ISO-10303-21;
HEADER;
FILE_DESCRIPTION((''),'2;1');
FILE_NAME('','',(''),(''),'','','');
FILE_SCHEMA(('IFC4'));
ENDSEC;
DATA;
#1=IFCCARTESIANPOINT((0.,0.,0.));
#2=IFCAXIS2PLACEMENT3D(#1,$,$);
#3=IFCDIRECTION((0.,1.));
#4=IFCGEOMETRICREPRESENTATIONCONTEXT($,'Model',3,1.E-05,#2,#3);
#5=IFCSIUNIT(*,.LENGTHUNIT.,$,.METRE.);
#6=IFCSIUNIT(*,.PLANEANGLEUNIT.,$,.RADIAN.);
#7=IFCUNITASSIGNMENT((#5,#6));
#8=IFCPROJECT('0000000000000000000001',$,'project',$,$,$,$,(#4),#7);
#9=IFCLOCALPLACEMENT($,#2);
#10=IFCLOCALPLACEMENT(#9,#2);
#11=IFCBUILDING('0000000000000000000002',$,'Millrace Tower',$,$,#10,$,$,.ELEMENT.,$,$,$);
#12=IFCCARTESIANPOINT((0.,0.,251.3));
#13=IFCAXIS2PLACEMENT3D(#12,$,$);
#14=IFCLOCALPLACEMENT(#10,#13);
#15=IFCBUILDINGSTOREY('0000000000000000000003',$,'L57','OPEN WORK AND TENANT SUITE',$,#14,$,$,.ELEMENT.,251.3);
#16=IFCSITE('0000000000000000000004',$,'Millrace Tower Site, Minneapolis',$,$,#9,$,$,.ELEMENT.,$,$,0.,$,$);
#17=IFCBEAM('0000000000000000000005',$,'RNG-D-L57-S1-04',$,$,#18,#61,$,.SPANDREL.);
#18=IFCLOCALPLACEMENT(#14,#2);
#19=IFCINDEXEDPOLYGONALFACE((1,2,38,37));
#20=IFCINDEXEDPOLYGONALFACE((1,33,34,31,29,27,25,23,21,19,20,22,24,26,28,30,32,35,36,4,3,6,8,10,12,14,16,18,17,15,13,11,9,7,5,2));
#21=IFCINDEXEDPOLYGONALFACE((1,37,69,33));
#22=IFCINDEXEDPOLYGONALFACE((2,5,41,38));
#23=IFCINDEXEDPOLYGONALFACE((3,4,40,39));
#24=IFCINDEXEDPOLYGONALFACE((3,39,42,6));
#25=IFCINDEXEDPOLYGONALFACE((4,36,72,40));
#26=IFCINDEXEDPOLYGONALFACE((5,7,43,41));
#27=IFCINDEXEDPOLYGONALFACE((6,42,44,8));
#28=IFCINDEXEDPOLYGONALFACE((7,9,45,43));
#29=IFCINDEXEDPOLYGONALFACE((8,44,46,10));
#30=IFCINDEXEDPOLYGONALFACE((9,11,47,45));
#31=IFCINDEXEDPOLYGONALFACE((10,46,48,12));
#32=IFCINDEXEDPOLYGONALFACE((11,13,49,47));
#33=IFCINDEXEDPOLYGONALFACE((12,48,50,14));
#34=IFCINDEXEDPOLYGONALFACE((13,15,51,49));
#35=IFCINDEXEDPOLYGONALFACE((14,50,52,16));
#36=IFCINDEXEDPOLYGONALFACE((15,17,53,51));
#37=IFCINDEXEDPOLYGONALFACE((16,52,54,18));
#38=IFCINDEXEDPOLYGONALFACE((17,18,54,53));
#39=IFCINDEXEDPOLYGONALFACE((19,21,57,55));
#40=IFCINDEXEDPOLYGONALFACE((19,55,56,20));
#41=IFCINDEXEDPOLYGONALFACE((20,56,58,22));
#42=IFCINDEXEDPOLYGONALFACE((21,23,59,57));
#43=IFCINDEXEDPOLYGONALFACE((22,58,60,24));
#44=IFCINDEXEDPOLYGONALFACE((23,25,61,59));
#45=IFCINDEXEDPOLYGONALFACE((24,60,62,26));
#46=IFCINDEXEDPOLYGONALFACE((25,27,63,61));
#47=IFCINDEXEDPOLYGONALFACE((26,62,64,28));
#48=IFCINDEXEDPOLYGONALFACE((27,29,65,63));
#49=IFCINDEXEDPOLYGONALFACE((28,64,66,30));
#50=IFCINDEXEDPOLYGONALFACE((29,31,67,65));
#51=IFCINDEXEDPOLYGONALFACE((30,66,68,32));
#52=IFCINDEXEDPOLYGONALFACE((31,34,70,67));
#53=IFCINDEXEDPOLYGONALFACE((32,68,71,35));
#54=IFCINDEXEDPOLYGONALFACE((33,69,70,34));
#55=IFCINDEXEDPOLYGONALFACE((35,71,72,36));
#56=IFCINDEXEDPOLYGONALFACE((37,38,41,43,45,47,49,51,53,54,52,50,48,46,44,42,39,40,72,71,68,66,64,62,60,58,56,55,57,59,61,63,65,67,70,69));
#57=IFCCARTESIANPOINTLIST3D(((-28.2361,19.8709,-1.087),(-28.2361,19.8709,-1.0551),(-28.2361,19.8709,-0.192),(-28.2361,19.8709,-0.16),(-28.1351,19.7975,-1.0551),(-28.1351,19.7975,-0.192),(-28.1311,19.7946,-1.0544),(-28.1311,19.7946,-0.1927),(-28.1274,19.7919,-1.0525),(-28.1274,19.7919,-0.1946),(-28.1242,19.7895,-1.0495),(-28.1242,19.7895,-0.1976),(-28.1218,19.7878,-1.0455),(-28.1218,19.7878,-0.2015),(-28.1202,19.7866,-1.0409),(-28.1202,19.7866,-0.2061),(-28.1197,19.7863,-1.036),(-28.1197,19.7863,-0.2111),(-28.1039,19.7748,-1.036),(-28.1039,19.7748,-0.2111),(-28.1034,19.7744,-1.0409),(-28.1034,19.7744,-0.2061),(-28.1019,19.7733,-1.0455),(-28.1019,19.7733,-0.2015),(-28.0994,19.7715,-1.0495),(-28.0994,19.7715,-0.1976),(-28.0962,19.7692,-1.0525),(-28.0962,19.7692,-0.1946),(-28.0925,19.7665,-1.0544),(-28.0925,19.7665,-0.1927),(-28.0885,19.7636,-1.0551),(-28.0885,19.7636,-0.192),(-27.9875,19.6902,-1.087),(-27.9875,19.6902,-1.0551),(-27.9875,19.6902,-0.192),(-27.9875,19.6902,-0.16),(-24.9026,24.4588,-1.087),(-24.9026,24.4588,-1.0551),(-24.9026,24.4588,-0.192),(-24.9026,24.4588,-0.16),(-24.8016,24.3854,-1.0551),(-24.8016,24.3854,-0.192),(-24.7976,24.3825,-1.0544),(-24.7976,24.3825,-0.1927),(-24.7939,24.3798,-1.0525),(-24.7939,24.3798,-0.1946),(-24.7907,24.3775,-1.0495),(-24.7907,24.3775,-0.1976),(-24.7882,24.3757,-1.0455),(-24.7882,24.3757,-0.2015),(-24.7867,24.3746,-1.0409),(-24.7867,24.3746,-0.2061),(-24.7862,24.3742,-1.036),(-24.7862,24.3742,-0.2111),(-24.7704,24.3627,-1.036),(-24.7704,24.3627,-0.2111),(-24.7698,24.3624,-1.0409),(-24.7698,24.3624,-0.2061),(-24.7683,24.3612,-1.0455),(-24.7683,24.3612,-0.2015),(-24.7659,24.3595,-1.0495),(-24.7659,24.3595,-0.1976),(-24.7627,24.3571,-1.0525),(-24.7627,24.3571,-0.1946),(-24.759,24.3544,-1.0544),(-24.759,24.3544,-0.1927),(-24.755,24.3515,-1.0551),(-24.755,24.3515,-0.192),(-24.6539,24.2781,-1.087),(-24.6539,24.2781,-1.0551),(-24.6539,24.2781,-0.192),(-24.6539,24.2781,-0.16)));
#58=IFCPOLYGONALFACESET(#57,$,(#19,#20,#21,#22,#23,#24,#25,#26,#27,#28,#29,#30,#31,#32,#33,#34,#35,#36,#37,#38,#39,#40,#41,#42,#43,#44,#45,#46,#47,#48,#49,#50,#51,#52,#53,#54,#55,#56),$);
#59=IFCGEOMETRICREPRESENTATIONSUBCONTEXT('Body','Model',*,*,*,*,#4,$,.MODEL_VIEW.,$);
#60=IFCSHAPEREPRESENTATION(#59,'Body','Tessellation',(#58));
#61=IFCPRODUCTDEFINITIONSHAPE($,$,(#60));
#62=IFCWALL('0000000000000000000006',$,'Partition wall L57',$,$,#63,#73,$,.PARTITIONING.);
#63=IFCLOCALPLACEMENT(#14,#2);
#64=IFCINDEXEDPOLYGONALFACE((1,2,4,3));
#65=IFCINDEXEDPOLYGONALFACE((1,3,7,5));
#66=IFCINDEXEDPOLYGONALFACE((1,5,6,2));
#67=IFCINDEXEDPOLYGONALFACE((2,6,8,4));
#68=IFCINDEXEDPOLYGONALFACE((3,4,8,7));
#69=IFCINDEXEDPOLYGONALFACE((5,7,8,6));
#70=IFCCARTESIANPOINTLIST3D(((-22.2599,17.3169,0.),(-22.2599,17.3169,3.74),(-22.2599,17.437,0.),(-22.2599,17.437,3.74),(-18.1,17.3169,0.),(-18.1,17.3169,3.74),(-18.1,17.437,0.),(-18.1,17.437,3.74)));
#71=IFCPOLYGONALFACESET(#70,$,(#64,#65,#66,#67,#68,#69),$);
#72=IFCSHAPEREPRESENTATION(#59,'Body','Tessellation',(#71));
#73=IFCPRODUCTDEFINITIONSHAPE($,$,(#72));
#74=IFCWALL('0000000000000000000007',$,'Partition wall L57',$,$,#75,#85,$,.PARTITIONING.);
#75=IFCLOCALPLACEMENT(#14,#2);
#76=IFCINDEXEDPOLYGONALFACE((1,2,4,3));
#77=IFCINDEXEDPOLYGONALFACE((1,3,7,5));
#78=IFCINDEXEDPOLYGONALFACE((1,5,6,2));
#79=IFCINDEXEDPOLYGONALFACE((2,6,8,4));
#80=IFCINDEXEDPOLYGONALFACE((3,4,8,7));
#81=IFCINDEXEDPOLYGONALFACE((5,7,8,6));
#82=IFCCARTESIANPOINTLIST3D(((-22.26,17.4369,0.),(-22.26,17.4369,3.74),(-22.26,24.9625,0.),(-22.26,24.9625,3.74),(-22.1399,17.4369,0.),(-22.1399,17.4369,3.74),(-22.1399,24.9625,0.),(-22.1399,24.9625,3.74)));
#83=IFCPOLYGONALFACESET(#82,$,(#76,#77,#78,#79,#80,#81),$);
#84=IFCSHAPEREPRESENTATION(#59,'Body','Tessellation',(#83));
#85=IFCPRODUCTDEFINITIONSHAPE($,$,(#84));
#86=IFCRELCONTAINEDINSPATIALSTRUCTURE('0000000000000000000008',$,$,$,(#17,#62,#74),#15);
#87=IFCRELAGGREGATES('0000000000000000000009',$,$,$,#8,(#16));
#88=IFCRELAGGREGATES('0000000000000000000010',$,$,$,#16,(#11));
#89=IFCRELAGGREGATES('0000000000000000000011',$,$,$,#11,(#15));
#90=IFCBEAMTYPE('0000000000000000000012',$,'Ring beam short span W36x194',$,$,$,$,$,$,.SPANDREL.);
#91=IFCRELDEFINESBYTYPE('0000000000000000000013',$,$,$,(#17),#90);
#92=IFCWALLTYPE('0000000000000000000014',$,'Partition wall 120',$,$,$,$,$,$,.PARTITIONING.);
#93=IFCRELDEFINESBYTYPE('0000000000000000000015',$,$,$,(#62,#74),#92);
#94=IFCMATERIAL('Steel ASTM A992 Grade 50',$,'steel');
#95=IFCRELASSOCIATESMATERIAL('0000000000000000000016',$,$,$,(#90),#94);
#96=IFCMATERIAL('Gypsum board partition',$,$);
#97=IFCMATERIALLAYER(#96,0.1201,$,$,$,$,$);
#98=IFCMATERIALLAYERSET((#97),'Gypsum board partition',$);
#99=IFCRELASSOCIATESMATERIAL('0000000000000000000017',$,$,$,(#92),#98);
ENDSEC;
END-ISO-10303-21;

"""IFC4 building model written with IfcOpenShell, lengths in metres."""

from ifc_helpers import new_model, si_unit, direction, frame, frame_2d, origin, origin_2d, place, context, subcontext, project, spatial, rectangle, i_section, extrude, material, layer, layer_set, material_profile, profile_set, type_object, element, save


model = new_model("IFC4")

# Units and contexts
model_context = context("Model", 3, precision=1e-05, world=origin(), true_north=direction((0.0, 1.0)))
body_context = subcontext(model_context, "Body", "Model", "MODEL_VIEW")
ifc_project = project(units=[si_unit("LENGTHUNIT", "METRE"), si_unit("PLANEANGLEUNIT", "RADIAN")], contexts=[model_context])

# Site, building, storey
site_placement = place(None, origin())
site = spatial("IfcSite", under=ifc_project, at=site_placement, Name="Millrace Tower Site, Minneapolis", CompositionType="ELEMENT", RefElevation=0.0)
building_placement = place(site_placement, origin())
building = spatial("IfcBuilding", under=site, at=building_placement, Name="Millrace Tower", CompositionType="ELEMENT")
storey_placement = place(building_placement, frame((0.0, 0.0, 251.3)))
storey = spatial("IfcBuildingStorey", under=building, at=storey_placement, Name="L57", Description="OPEN WORK AND TENANT SUITE", CompositionType="ELEMENT", Elevation=251.3)

# Beam
ifc_material_1 = material(Name="Steel ASTM A992 Grade 50", Category="steel")
ifc_material_profile_1 = material_profile(ifc_material_1, i_section(OverallWidth=0.3074, OverallDepth=0.927, WebThickness=0.0195, FlangeThickness=0.032, FilletRadius=0.019, at=origin_2d()))
ifc_profile_set_1 = profile_set([ifc_material_profile_1], Name="Steel ASTM A992 Grade 50")
beam_type_1 = type_object("IfcBeamType", Name="Ring beam short span W36x194", PredefinedType="SPANDREL", material=ifc_profile_set_1)
beam_1_placement = place(storey_placement, frame((-28.1118, 19.7805, -0.6235), z_axis=(0.587808, 0.809, 0.0), x_axis=(-0.809, 0.587808, 0.0)))
element("IfcBeam", 1, at=beam_1_placement, inside=storey, type_object=beam_type_1, Name="RNG-D-L57-S1-04", PredefinedType="SPANDREL", context=body_context, shape_type="SweptSolid", body=[
    extrude(i_section(OverallWidth=0.3074, OverallDepth=0.927, WebThickness=0.0195, FlangeThickness=0.032, FilletRadius=0.019, at=origin_2d()), origin(), (0.0, 0.0, 1.0), 5.6711),
])

# Walls
ifc_material_2 = material(Name="Gypsum board partition")
ifc_layer_1 = layer(ifc_material_2, 0.1201)
ifc_layer_set_1 = layer_set([ifc_layer_1], Name="Gypsum board partition")
wall_type = type_object("IfcWallType", Name="Partition wall 120", PredefinedType="PARTITIONING", material=ifc_layer_set_1)
wall_1_placement = place(storey_placement, frame((-22.26, 17.377, 0.0), z_axis=(0.0, 0.0, 1.0), x_axis=(1.0, 0.0, 0.0)))
element("IfcWall", 2, at=wall_1_placement, inside=storey, type_object=wall_type, Name="Partition wall L57", PredefinedType="PARTITIONING", context=body_context, shape_type="SweptSolid", body=[
    extrude(rectangle(XDim=4.1599, YDim=0.1201, at=frame_2d((2.0801, 0.0))), origin(), (0.0, 0.0, 1.0), 3.74),
])
wall_2_placement = place(storey_placement, frame((-22.2, 17.437, 0.0), z_axis=(0.0, 0.0, 1.0), x_axis=(0.0, 1.0, 0.0)))
element("IfcWall", 3, at=wall_2_placement, inside=storey, type_object=wall_type, Name="Partition wall L57", PredefinedType="PARTITIONING", context=body_context, shape_type="SweptSolid", body=[
    extrude(rectangle(XDim=7.5256, YDim=0.1201, at=frame_2d((3.7627, 0.0))), origin(), (0.0, 0.0, 1.0), 3.74),
])

save(model, "model.ifc")
